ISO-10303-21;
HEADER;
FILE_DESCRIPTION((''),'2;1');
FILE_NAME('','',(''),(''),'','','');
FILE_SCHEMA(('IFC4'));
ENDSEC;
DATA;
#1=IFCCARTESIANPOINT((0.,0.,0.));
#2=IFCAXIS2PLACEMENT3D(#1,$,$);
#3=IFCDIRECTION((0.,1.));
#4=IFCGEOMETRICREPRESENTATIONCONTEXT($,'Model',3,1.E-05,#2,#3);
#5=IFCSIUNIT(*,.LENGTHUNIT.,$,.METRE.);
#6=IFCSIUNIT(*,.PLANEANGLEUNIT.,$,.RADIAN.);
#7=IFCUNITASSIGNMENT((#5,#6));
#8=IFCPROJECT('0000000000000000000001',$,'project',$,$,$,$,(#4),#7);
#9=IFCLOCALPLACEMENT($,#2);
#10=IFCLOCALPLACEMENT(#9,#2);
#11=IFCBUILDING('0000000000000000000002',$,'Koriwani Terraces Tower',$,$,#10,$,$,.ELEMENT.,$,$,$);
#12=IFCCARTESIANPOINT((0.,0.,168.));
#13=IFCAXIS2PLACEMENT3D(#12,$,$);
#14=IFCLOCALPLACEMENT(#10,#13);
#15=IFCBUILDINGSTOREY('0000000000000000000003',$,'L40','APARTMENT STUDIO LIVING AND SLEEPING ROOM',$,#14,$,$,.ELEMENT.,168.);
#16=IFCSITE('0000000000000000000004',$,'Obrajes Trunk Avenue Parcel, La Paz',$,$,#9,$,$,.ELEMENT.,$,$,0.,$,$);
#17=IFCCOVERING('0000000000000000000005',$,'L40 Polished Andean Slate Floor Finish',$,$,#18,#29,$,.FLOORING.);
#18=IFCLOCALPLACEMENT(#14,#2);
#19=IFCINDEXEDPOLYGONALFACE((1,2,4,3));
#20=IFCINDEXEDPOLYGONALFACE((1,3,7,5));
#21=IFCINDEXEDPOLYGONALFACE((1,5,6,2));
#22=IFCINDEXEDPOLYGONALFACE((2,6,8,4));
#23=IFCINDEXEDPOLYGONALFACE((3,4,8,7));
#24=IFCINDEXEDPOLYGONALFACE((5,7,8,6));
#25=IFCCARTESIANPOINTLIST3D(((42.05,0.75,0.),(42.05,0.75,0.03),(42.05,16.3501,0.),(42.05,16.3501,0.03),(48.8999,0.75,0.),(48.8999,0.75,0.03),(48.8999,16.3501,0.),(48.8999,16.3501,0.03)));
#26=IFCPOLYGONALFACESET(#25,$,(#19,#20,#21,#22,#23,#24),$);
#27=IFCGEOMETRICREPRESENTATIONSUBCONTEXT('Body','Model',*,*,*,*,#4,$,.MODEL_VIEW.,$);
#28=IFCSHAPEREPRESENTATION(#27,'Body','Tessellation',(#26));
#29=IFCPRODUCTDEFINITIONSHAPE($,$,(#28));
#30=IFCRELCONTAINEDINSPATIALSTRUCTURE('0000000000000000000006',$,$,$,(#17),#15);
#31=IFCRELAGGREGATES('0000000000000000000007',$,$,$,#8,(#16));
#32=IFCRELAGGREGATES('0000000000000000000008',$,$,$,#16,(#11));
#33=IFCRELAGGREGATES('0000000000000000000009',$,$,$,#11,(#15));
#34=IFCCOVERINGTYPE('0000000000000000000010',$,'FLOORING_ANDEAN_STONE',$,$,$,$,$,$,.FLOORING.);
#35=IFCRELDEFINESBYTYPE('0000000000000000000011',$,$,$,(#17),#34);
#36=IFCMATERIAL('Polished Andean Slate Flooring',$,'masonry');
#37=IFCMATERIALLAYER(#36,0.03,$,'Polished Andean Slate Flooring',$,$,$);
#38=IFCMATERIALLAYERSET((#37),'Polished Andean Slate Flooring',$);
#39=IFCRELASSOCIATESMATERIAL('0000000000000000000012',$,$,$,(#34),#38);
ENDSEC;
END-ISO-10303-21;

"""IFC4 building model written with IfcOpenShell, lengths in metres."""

from ifc_helpers import new_model, si_unit, direction, frame, origin, place, context, subcontext, project, spatial, polyline, outline, extrude, material, layer, layer_set, type_object, element, save


model = new_model("IFC4")

# Units and contexts
model_context = context("Model", 3, precision=1e-05, world=origin(), true_north=direction((0.0, 1.0)))
body_context = subcontext(model_context, "Body", "Model", "MODEL_VIEW")
ifc_project = project(units=[si_unit("LENGTHUNIT", "METRE"), si_unit("PLANEANGLEUNIT", "RADIAN")], contexts=[model_context])

# Site, building, storey
site_placement = place(None, origin())
site = spatial("IfcSite", under=ifc_project, at=site_placement, Name="Obrajes Trunk Avenue Parcel, La Paz", CompositionType="ELEMENT", RefElevation=0.0)
building_placement = place(site_placement, origin())
building = spatial("IfcBuilding", under=site, at=building_placement, Name="Koriwani Terraces Tower", CompositionType="ELEMENT")
storey_placement = place(building_placement, frame((0.0, 0.0, 168.0)))
storey = spatial("IfcBuildingStorey", under=building, at=storey_placement, Name="L40", Description="APARTMENT STUDIO LIVING AND SLEEPING ROOM", CompositionType="ELEMENT", Elevation=168.0)

# Covering
ifc_material_1 = material(Name="Polished Andean Slate Flooring", Category="masonry")
ifc_layer_1 = layer(ifc_material_1, 0.03, Name="Polished Andean Slate Flooring")
ifc_layer_set_1 = layer_set([ifc_layer_1], Name="Polished Andean Slate Flooring")
covering_type_1 = type_object("IfcCoveringType", Name="FLOORING_ANDEAN_STONE", PredefinedType="FLOORING", material=ifc_layer_set_1)
covering_1_placement = place(storey_placement, origin())
element("IfcCovering", 1, at=covering_1_placement, inside=storey, type_object=covering_type_1, Name="L40 Polished Andean Slate Floor Finish", PredefinedType="FLOORING", context=body_context, shape_type="SweptSolid", body=[
    extrude(outline(polyline([(42.05, 0.75), (42.05, 16.3501), (48.8999, 16.3501), (48.8999, 0.75), (42.05, 0.75)])), origin(), (0.0, 0.0, 1.0), 0.03),
])

save(model, "model.ifc")
